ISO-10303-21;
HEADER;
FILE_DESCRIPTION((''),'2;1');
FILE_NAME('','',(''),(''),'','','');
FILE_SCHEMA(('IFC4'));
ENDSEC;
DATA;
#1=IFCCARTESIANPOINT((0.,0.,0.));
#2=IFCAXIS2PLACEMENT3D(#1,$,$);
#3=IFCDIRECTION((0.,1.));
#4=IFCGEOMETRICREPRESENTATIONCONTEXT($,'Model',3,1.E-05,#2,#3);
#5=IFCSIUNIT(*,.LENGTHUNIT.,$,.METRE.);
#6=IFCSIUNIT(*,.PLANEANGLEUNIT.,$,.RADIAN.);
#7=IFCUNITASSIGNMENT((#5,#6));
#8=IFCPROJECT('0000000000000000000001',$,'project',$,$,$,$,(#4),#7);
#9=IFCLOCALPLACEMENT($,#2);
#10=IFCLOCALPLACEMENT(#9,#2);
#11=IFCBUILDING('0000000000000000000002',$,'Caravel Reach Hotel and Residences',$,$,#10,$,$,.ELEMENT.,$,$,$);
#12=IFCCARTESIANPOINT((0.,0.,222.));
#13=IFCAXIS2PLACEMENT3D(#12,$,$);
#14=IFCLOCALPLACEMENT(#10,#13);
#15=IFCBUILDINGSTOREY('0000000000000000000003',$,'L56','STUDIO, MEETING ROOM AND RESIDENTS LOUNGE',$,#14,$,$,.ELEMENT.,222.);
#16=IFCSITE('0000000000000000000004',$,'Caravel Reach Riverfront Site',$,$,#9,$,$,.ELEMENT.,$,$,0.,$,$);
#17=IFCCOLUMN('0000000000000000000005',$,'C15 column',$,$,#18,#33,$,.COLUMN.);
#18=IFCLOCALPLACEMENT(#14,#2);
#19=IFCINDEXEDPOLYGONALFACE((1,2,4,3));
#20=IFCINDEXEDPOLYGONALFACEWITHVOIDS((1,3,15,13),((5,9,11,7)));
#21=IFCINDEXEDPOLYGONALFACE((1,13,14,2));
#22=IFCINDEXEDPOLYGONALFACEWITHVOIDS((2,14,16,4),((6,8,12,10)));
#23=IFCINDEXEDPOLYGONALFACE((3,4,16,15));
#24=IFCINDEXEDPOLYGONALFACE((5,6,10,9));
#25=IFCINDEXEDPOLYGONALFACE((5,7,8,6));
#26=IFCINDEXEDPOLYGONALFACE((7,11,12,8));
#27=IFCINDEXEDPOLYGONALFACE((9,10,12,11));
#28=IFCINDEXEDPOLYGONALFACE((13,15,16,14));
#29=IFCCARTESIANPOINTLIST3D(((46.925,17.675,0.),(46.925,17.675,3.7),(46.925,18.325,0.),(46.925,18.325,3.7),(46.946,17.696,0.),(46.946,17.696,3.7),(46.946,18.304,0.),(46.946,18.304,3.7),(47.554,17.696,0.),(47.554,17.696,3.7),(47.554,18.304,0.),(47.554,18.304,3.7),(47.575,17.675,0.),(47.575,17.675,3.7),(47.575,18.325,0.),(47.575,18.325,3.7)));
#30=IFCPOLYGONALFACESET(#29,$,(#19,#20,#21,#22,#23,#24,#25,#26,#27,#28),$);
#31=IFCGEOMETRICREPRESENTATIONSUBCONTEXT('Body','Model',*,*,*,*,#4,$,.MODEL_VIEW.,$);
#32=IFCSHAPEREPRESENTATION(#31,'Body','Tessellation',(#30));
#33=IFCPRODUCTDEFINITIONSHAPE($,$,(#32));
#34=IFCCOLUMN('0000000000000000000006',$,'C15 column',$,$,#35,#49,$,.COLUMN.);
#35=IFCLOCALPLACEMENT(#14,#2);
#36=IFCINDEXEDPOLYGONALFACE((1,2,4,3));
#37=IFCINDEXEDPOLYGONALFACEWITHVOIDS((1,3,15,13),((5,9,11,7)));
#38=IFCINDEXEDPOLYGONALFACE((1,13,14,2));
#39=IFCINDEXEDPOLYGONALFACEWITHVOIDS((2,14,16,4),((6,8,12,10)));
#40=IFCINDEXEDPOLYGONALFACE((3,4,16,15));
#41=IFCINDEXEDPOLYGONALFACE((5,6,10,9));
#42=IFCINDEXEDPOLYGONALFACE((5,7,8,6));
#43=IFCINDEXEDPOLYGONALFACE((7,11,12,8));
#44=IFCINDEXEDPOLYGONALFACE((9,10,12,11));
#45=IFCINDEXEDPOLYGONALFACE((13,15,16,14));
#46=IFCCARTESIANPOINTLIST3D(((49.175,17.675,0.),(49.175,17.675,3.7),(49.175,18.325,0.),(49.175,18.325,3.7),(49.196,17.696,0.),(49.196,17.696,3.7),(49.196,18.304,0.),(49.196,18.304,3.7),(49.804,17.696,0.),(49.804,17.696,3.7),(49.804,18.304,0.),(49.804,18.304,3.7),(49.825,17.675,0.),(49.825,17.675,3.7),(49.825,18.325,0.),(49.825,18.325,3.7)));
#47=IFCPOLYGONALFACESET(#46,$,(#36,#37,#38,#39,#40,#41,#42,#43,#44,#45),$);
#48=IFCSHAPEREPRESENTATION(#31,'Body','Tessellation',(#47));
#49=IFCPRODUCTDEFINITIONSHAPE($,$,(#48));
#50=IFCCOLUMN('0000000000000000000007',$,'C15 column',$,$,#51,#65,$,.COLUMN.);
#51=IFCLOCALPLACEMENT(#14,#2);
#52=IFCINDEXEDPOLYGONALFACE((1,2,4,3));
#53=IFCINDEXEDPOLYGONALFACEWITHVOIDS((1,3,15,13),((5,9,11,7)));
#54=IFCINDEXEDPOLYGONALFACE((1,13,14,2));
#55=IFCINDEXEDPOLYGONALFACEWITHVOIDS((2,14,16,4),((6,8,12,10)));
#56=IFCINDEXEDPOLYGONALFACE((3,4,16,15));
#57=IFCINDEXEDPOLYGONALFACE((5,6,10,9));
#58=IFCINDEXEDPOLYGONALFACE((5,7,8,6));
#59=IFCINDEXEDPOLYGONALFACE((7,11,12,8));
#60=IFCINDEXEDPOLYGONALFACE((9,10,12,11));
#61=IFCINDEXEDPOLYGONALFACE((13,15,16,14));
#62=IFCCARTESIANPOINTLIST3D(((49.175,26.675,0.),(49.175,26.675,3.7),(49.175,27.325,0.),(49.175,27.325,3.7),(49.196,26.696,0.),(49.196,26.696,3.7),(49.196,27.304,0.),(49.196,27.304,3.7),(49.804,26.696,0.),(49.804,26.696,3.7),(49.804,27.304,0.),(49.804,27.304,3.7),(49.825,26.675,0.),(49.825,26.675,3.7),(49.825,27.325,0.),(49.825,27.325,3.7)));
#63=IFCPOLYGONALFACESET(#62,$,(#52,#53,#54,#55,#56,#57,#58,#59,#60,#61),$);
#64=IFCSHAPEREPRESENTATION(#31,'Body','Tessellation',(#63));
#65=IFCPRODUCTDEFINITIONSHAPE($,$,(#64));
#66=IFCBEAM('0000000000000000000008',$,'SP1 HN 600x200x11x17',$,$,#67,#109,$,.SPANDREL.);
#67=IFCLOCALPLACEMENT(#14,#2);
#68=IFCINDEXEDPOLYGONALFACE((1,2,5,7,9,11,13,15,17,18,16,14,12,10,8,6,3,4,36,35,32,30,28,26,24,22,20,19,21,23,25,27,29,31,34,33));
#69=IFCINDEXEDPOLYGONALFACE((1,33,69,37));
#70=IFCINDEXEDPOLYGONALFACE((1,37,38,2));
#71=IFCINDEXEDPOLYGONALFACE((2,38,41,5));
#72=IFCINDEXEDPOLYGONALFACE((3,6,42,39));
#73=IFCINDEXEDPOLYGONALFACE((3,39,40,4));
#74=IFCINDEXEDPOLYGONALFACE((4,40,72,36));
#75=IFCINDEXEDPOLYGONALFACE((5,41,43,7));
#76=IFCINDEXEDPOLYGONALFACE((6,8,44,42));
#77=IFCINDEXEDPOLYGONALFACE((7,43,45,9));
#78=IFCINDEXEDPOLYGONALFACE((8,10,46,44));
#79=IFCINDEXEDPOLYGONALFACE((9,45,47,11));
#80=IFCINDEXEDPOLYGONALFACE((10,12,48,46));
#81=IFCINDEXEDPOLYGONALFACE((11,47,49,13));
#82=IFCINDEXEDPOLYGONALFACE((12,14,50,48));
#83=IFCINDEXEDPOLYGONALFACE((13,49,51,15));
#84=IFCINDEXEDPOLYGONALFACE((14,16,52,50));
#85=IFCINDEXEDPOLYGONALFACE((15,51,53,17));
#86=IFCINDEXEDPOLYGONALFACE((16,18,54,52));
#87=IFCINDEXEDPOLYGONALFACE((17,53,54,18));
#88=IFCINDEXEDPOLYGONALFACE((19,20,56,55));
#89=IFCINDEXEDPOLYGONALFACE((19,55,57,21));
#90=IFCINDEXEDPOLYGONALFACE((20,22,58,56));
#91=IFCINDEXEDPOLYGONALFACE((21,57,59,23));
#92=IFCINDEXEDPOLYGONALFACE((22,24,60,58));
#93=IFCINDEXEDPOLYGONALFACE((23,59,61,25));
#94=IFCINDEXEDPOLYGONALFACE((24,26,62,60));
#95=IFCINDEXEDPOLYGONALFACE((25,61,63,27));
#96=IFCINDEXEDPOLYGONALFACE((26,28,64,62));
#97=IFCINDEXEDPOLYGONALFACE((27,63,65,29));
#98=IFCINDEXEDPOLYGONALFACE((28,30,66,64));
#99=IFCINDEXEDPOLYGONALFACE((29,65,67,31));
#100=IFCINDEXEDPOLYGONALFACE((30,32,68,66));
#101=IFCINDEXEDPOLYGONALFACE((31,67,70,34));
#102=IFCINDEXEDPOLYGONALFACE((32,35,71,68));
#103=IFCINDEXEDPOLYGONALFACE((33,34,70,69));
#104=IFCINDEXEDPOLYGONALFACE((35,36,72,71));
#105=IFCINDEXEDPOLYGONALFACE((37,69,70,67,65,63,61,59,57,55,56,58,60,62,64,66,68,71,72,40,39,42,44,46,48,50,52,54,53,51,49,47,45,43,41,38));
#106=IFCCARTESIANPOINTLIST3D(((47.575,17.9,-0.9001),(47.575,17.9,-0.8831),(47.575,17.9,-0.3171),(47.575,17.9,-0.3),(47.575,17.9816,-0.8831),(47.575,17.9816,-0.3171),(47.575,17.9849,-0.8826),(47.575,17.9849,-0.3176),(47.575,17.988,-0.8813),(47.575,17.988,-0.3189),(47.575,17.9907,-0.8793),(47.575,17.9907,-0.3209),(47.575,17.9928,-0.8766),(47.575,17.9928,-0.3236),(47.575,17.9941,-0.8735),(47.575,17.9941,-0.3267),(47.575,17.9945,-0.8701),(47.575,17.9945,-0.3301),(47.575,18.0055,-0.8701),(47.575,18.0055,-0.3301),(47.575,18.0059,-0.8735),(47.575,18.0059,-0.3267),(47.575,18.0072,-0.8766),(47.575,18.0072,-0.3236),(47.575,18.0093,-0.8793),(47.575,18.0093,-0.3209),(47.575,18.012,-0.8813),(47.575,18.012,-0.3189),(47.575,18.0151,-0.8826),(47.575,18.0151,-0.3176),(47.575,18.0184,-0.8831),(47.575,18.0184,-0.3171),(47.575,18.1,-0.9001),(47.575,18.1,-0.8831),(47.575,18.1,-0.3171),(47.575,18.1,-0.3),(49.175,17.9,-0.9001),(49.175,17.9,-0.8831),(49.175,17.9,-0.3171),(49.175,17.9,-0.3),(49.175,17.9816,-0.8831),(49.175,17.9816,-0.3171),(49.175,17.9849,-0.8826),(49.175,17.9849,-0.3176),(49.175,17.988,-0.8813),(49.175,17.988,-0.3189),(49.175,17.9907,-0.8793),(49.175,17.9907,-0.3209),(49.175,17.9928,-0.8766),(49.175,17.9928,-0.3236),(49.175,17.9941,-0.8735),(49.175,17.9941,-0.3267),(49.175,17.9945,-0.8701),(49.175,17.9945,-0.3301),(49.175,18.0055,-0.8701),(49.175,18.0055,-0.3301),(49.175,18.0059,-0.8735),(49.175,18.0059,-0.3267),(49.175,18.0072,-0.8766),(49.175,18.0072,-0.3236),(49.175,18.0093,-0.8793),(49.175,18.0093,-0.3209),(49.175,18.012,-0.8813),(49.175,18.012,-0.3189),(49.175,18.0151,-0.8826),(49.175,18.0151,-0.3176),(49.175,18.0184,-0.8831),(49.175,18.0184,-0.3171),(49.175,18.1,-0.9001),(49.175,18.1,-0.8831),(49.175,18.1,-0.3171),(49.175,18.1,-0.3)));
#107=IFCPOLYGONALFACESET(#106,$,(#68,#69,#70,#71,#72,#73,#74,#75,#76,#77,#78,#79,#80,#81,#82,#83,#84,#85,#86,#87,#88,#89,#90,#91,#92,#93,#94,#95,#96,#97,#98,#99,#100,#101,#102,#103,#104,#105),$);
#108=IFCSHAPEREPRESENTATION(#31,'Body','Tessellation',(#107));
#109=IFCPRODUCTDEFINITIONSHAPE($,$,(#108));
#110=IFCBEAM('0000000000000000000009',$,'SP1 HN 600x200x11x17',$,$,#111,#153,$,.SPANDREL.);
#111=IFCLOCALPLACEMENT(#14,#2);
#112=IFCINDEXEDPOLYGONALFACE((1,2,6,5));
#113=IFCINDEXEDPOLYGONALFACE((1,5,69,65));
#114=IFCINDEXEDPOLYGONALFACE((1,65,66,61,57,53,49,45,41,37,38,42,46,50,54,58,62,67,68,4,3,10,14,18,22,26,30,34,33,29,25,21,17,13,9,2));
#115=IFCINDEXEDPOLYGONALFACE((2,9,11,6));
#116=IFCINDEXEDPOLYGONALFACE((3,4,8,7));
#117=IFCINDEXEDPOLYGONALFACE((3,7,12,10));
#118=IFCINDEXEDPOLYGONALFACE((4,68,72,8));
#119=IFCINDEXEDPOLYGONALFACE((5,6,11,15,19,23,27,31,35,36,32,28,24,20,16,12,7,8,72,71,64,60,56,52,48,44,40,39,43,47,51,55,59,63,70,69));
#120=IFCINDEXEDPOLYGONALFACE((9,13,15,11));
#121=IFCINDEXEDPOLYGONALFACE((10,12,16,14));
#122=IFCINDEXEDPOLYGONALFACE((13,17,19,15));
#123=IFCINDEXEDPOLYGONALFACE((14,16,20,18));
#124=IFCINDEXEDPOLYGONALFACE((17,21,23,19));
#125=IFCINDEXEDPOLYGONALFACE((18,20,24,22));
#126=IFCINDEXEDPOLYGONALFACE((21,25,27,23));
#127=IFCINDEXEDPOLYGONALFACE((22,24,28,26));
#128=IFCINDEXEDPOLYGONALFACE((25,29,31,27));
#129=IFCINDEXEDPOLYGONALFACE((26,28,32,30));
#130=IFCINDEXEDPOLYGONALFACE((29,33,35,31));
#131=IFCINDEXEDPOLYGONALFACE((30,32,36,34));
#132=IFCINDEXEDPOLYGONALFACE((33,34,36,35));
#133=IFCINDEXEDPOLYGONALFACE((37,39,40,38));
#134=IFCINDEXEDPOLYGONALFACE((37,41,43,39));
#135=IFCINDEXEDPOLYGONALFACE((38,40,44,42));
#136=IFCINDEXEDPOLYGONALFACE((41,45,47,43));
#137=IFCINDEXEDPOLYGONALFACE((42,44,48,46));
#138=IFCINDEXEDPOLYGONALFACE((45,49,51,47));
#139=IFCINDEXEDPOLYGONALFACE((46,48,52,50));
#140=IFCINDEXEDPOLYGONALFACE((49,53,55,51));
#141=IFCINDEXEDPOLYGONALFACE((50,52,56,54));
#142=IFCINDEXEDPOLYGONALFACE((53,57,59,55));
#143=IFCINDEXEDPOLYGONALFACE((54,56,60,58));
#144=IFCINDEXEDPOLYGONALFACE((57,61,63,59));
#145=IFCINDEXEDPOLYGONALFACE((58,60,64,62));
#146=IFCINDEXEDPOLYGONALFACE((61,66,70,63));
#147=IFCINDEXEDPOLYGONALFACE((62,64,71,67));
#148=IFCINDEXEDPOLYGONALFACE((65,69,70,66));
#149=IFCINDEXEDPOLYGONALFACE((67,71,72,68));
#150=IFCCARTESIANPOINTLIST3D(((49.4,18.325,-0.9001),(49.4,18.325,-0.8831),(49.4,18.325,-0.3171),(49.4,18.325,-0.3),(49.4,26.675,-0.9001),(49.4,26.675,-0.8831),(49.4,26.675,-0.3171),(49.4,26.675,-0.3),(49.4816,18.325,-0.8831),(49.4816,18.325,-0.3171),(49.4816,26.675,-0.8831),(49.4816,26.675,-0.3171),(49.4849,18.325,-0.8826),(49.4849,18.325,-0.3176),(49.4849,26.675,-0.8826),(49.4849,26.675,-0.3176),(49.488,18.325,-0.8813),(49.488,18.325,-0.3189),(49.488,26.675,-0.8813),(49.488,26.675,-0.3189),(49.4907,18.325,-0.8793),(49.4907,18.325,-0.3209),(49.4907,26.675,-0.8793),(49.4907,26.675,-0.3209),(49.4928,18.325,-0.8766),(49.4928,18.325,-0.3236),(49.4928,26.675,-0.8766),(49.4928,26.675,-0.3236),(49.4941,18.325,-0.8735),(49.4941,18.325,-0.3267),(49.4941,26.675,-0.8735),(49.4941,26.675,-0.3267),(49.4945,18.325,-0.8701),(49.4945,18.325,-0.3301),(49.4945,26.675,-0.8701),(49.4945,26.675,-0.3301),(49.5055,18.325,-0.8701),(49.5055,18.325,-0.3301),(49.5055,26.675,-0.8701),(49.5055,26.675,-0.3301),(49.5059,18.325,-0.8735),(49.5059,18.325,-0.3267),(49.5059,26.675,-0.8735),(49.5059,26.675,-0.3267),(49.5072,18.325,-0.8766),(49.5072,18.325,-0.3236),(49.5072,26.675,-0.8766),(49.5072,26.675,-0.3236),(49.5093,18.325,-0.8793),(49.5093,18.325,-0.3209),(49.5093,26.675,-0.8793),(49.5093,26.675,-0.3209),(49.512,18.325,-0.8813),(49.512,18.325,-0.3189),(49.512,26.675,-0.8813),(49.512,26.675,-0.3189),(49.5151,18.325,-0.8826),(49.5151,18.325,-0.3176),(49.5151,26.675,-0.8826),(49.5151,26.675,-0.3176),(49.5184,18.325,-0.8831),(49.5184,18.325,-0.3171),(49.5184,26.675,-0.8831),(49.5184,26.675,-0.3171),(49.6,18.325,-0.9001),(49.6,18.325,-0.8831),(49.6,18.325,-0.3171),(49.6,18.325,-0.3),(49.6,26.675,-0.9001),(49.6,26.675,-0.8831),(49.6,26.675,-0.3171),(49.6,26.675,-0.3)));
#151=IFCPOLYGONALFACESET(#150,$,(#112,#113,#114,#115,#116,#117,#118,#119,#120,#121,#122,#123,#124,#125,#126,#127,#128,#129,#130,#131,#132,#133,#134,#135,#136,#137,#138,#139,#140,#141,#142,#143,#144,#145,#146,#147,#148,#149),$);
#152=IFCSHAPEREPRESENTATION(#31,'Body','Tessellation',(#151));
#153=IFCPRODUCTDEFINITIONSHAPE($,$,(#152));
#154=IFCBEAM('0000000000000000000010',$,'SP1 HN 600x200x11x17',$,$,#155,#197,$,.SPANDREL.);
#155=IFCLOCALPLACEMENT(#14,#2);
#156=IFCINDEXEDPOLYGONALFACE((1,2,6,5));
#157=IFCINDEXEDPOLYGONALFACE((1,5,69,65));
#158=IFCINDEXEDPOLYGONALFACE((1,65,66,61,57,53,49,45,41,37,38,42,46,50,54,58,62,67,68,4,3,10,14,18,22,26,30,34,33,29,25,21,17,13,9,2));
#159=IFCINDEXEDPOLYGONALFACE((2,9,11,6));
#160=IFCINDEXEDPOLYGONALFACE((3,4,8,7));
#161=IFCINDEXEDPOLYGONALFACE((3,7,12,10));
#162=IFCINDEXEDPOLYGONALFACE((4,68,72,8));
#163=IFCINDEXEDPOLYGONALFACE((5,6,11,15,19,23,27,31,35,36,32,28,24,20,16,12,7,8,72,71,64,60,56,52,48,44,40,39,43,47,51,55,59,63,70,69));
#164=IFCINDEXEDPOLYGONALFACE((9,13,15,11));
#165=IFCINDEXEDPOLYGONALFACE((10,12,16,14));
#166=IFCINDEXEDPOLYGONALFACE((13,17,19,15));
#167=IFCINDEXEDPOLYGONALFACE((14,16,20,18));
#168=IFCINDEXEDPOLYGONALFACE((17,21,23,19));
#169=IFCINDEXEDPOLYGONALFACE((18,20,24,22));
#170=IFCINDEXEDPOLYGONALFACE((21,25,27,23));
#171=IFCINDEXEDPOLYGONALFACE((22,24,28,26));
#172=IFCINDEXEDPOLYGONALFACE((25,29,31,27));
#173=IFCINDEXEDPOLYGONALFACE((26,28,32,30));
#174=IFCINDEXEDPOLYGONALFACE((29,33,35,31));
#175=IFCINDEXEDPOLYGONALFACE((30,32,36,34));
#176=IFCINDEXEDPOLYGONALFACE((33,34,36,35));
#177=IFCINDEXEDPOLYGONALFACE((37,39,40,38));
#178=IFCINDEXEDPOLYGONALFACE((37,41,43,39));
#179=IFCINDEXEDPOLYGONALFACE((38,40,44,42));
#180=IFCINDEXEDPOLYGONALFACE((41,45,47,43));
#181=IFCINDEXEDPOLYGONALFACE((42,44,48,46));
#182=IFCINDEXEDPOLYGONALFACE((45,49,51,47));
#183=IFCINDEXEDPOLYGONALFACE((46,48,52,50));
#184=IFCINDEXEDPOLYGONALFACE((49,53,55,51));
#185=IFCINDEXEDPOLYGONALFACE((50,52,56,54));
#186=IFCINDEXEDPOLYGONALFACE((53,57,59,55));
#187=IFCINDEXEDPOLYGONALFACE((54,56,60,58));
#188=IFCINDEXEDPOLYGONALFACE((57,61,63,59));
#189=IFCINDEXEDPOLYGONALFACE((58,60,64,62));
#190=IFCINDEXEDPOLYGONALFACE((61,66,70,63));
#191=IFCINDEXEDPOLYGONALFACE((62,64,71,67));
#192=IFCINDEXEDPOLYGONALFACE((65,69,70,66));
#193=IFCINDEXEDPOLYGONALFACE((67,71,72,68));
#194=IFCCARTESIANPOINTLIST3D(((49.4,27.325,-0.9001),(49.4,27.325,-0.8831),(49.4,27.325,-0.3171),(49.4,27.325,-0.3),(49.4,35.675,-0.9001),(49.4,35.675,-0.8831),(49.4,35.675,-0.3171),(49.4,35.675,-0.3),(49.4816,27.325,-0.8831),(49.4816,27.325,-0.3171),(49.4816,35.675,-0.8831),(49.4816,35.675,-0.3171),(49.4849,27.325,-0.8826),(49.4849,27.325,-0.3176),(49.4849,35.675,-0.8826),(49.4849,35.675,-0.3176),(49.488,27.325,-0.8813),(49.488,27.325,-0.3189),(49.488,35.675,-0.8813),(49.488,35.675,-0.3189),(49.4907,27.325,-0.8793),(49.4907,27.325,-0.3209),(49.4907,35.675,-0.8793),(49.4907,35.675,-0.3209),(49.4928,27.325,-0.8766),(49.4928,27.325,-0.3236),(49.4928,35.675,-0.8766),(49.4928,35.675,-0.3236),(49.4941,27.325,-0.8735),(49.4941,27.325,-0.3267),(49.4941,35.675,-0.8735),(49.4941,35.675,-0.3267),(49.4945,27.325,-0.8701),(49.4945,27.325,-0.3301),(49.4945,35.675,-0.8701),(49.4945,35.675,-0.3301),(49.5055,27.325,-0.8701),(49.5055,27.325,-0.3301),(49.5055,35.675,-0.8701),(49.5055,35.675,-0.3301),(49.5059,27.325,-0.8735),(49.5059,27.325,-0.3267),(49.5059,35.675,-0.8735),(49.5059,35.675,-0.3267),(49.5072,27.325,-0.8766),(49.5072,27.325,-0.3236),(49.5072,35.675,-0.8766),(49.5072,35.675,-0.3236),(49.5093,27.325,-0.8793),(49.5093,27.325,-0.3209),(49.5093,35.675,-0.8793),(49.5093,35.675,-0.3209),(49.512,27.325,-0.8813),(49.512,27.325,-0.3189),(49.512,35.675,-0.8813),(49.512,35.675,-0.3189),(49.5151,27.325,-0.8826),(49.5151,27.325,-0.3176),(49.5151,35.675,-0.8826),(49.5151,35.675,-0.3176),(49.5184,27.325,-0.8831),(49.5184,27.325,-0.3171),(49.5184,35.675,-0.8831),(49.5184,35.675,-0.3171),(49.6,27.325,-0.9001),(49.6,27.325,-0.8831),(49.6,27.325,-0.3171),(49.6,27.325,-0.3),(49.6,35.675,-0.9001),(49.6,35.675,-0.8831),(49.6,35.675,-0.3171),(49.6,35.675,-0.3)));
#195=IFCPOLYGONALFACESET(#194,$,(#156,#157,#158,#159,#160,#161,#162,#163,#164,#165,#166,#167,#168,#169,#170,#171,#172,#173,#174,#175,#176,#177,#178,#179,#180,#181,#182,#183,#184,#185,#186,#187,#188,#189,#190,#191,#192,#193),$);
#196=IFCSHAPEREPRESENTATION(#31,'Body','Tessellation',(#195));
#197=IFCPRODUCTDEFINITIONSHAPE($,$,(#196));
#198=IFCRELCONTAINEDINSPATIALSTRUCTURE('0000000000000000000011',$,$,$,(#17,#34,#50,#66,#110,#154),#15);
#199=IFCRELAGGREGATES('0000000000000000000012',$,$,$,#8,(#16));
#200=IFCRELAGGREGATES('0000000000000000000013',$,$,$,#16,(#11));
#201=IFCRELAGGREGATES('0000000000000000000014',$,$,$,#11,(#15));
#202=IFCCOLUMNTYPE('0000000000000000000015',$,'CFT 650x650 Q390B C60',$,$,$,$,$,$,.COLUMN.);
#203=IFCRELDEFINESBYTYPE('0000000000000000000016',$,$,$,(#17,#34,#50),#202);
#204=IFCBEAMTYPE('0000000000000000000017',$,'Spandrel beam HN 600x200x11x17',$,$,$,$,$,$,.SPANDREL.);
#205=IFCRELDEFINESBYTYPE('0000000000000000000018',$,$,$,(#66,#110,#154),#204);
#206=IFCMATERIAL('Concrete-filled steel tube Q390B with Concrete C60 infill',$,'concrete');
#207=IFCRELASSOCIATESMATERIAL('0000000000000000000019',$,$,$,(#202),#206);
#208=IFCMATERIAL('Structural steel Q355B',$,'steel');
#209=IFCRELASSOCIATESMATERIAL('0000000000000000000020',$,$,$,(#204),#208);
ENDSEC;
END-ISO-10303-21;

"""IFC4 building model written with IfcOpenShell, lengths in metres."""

from ifc_helpers import new_model, si_unit, direction, frame, origin, origin_2d, place, context, subcontext, project, spatial, hollow_rectangle, i_section, extrude, material, material_profile, profile_set, type_object, element, save


model = new_model("IFC4")

# Units and contexts
model_context = context("Model", 3, precision=1e-05, world=origin(), true_north=direction((0.0, 1.0)))
body_context = subcontext(model_context, "Body", "Model", "MODEL_VIEW")
ifc_project = project(units=[si_unit("LENGTHUNIT", "METRE"), si_unit("PLANEANGLEUNIT", "RADIAN")], contexts=[model_context])

# Site, building, storey
site_placement = place(None, origin())
site = spatial("IfcSite", under=ifc_project, at=site_placement, Name="Caravel Reach Riverfront Site", CompositionType="ELEMENT", RefElevation=0.0)
building_placement = place(site_placement, origin())
building = spatial("IfcBuilding", under=site, at=building_placement, Name="Caravel Reach Hotel and Residences", CompositionType="ELEMENT")
storey_placement = place(building_placement, frame((0.0, 0.0, 222.0)))
storey = spatial("IfcBuildingStorey", under=building, at=storey_placement, Name="L56", Description="STUDIO, MEETING ROOM AND RESIDENTS LOUNGE", CompositionType="ELEMENT", Elevation=222.0)

# Columns
ifc_material_1 = material(Name="Concrete-filled steel tube Q390B with Concrete C60 infill", Category="concrete")
ifc_material_profile_1 = material_profile(ifc_material_1, hollow_rectangle(XDim=0.6499, YDim=0.6499, WallThickness=0.021, at=origin_2d()), Name="RHS 650x650x21")
ifc_profile_set_1 = profile_set([ifc_material_profile_1], Name="Concrete-filled steel tube Q390B with Concrete C60 infill")
column_type = type_object("IfcColumnType", Name="CFT 650x650 Q390B C60", PredefinedType="COLUMN", material=ifc_profile_set_1)
for number, where, z_axis, x_axis, name in (
    (1, (47.25, 18.0, 0.0), (0.0, 0.0, 1.0), (1.0, 0.0, 0.0), "C15 column"),
    (2, (49.5, 18.0, 0.0), (0.0, 0.0, 1.0), (1.0, 0.0, 0.0), "C15 column"),
    (3, (49.5, 27.0, 0.0), (0.0, 0.0, 1.0), (1.0, 0.0, 0.0), "C15 column"),
):
    element("IfcColumn", number, at=place(storey_placement, frame(where, z_axis=z_axis, x_axis=x_axis)), inside=storey, type_object=column_type, Name=name, PredefinedType="COLUMN", context=body_context, shape_type="SweptSolid", body=[
        extrude(hollow_rectangle(XDim=0.6499, YDim=0.6499, WallThickness=0.021, at=origin_2d()), origin(), (0.0, 0.0, 1.0), 3.7),
    ])

# Beams
ifc_material_2 = material(Name="Structural steel Q355B", Category="steel")
ifc_material_profile_2 = material_profile(ifc_material_2, i_section(OverallWidth=0.2, OverallDepth=0.6001, WebThickness=0.011, FlangeThickness=0.0171, FilletRadius=0.0129, at=origin_2d()), Name="HN 600x200x11x17")
ifc_profile_set_2 = profile_set([ifc_material_profile_2], Name="Structural steel Q355B")
beam_type = type_object("IfcBeamType", Name="Spandrel beam HN 600x200x11x17", PredefinedType="SPANDREL", material=ifc_profile_set_2)
beam_placement = place(storey_placement, frame((47.575, 18.0, -0.6001), z_axis=(1.0, 0.0, 0.0), x_axis=(0.0, 1.0, 0.0)))
element("IfcBeam", 4, at=beam_placement, inside=storey, type_object=beam_type, Name="SP1 HN 600x200x11x17", PredefinedType="SPANDREL", context=body_context, shape_type="SweptSolid", body=[
    extrude(i_section(OverallWidth=0.2, OverallDepth=0.6001, WebThickness=0.011, FlangeThickness=0.0171, FilletRadius=0.0129, at=origin_2d()), origin(), (0.0, 0.0, 1.0), 1.6001),
])
for number, where, z_axis, x_axis, name in (
    (5, (49.5, 18.325, -0.6001), (0.0, 1.0, 0.0), (-1.0, 0.0, 0.0), "SP1 HN 600x200x11x17"),
    (6, (49.5, 27.325, -0.6001), (0.0, 1.0, 0.0), (-1.0, 0.0, 0.0), "SP1 HN 600x200x11x17"),
):
    element("IfcBeam", number, at=place(storey_placement, frame(where, z_axis=z_axis, x_axis=x_axis)), inside=storey, type_object=beam_type, Name=name, PredefinedType="SPANDREL", context=body_context, shape_type="SweptSolid", body=[
        extrude(i_section(OverallWidth=0.2, OverallDepth=0.6001, WebThickness=0.011, FlangeThickness=0.0171, FilletRadius=0.0129, at=origin_2d()), origin(), (0.0, 0.0, 1.0), 8.3501),
    ])

save(model, "model.ifc")
